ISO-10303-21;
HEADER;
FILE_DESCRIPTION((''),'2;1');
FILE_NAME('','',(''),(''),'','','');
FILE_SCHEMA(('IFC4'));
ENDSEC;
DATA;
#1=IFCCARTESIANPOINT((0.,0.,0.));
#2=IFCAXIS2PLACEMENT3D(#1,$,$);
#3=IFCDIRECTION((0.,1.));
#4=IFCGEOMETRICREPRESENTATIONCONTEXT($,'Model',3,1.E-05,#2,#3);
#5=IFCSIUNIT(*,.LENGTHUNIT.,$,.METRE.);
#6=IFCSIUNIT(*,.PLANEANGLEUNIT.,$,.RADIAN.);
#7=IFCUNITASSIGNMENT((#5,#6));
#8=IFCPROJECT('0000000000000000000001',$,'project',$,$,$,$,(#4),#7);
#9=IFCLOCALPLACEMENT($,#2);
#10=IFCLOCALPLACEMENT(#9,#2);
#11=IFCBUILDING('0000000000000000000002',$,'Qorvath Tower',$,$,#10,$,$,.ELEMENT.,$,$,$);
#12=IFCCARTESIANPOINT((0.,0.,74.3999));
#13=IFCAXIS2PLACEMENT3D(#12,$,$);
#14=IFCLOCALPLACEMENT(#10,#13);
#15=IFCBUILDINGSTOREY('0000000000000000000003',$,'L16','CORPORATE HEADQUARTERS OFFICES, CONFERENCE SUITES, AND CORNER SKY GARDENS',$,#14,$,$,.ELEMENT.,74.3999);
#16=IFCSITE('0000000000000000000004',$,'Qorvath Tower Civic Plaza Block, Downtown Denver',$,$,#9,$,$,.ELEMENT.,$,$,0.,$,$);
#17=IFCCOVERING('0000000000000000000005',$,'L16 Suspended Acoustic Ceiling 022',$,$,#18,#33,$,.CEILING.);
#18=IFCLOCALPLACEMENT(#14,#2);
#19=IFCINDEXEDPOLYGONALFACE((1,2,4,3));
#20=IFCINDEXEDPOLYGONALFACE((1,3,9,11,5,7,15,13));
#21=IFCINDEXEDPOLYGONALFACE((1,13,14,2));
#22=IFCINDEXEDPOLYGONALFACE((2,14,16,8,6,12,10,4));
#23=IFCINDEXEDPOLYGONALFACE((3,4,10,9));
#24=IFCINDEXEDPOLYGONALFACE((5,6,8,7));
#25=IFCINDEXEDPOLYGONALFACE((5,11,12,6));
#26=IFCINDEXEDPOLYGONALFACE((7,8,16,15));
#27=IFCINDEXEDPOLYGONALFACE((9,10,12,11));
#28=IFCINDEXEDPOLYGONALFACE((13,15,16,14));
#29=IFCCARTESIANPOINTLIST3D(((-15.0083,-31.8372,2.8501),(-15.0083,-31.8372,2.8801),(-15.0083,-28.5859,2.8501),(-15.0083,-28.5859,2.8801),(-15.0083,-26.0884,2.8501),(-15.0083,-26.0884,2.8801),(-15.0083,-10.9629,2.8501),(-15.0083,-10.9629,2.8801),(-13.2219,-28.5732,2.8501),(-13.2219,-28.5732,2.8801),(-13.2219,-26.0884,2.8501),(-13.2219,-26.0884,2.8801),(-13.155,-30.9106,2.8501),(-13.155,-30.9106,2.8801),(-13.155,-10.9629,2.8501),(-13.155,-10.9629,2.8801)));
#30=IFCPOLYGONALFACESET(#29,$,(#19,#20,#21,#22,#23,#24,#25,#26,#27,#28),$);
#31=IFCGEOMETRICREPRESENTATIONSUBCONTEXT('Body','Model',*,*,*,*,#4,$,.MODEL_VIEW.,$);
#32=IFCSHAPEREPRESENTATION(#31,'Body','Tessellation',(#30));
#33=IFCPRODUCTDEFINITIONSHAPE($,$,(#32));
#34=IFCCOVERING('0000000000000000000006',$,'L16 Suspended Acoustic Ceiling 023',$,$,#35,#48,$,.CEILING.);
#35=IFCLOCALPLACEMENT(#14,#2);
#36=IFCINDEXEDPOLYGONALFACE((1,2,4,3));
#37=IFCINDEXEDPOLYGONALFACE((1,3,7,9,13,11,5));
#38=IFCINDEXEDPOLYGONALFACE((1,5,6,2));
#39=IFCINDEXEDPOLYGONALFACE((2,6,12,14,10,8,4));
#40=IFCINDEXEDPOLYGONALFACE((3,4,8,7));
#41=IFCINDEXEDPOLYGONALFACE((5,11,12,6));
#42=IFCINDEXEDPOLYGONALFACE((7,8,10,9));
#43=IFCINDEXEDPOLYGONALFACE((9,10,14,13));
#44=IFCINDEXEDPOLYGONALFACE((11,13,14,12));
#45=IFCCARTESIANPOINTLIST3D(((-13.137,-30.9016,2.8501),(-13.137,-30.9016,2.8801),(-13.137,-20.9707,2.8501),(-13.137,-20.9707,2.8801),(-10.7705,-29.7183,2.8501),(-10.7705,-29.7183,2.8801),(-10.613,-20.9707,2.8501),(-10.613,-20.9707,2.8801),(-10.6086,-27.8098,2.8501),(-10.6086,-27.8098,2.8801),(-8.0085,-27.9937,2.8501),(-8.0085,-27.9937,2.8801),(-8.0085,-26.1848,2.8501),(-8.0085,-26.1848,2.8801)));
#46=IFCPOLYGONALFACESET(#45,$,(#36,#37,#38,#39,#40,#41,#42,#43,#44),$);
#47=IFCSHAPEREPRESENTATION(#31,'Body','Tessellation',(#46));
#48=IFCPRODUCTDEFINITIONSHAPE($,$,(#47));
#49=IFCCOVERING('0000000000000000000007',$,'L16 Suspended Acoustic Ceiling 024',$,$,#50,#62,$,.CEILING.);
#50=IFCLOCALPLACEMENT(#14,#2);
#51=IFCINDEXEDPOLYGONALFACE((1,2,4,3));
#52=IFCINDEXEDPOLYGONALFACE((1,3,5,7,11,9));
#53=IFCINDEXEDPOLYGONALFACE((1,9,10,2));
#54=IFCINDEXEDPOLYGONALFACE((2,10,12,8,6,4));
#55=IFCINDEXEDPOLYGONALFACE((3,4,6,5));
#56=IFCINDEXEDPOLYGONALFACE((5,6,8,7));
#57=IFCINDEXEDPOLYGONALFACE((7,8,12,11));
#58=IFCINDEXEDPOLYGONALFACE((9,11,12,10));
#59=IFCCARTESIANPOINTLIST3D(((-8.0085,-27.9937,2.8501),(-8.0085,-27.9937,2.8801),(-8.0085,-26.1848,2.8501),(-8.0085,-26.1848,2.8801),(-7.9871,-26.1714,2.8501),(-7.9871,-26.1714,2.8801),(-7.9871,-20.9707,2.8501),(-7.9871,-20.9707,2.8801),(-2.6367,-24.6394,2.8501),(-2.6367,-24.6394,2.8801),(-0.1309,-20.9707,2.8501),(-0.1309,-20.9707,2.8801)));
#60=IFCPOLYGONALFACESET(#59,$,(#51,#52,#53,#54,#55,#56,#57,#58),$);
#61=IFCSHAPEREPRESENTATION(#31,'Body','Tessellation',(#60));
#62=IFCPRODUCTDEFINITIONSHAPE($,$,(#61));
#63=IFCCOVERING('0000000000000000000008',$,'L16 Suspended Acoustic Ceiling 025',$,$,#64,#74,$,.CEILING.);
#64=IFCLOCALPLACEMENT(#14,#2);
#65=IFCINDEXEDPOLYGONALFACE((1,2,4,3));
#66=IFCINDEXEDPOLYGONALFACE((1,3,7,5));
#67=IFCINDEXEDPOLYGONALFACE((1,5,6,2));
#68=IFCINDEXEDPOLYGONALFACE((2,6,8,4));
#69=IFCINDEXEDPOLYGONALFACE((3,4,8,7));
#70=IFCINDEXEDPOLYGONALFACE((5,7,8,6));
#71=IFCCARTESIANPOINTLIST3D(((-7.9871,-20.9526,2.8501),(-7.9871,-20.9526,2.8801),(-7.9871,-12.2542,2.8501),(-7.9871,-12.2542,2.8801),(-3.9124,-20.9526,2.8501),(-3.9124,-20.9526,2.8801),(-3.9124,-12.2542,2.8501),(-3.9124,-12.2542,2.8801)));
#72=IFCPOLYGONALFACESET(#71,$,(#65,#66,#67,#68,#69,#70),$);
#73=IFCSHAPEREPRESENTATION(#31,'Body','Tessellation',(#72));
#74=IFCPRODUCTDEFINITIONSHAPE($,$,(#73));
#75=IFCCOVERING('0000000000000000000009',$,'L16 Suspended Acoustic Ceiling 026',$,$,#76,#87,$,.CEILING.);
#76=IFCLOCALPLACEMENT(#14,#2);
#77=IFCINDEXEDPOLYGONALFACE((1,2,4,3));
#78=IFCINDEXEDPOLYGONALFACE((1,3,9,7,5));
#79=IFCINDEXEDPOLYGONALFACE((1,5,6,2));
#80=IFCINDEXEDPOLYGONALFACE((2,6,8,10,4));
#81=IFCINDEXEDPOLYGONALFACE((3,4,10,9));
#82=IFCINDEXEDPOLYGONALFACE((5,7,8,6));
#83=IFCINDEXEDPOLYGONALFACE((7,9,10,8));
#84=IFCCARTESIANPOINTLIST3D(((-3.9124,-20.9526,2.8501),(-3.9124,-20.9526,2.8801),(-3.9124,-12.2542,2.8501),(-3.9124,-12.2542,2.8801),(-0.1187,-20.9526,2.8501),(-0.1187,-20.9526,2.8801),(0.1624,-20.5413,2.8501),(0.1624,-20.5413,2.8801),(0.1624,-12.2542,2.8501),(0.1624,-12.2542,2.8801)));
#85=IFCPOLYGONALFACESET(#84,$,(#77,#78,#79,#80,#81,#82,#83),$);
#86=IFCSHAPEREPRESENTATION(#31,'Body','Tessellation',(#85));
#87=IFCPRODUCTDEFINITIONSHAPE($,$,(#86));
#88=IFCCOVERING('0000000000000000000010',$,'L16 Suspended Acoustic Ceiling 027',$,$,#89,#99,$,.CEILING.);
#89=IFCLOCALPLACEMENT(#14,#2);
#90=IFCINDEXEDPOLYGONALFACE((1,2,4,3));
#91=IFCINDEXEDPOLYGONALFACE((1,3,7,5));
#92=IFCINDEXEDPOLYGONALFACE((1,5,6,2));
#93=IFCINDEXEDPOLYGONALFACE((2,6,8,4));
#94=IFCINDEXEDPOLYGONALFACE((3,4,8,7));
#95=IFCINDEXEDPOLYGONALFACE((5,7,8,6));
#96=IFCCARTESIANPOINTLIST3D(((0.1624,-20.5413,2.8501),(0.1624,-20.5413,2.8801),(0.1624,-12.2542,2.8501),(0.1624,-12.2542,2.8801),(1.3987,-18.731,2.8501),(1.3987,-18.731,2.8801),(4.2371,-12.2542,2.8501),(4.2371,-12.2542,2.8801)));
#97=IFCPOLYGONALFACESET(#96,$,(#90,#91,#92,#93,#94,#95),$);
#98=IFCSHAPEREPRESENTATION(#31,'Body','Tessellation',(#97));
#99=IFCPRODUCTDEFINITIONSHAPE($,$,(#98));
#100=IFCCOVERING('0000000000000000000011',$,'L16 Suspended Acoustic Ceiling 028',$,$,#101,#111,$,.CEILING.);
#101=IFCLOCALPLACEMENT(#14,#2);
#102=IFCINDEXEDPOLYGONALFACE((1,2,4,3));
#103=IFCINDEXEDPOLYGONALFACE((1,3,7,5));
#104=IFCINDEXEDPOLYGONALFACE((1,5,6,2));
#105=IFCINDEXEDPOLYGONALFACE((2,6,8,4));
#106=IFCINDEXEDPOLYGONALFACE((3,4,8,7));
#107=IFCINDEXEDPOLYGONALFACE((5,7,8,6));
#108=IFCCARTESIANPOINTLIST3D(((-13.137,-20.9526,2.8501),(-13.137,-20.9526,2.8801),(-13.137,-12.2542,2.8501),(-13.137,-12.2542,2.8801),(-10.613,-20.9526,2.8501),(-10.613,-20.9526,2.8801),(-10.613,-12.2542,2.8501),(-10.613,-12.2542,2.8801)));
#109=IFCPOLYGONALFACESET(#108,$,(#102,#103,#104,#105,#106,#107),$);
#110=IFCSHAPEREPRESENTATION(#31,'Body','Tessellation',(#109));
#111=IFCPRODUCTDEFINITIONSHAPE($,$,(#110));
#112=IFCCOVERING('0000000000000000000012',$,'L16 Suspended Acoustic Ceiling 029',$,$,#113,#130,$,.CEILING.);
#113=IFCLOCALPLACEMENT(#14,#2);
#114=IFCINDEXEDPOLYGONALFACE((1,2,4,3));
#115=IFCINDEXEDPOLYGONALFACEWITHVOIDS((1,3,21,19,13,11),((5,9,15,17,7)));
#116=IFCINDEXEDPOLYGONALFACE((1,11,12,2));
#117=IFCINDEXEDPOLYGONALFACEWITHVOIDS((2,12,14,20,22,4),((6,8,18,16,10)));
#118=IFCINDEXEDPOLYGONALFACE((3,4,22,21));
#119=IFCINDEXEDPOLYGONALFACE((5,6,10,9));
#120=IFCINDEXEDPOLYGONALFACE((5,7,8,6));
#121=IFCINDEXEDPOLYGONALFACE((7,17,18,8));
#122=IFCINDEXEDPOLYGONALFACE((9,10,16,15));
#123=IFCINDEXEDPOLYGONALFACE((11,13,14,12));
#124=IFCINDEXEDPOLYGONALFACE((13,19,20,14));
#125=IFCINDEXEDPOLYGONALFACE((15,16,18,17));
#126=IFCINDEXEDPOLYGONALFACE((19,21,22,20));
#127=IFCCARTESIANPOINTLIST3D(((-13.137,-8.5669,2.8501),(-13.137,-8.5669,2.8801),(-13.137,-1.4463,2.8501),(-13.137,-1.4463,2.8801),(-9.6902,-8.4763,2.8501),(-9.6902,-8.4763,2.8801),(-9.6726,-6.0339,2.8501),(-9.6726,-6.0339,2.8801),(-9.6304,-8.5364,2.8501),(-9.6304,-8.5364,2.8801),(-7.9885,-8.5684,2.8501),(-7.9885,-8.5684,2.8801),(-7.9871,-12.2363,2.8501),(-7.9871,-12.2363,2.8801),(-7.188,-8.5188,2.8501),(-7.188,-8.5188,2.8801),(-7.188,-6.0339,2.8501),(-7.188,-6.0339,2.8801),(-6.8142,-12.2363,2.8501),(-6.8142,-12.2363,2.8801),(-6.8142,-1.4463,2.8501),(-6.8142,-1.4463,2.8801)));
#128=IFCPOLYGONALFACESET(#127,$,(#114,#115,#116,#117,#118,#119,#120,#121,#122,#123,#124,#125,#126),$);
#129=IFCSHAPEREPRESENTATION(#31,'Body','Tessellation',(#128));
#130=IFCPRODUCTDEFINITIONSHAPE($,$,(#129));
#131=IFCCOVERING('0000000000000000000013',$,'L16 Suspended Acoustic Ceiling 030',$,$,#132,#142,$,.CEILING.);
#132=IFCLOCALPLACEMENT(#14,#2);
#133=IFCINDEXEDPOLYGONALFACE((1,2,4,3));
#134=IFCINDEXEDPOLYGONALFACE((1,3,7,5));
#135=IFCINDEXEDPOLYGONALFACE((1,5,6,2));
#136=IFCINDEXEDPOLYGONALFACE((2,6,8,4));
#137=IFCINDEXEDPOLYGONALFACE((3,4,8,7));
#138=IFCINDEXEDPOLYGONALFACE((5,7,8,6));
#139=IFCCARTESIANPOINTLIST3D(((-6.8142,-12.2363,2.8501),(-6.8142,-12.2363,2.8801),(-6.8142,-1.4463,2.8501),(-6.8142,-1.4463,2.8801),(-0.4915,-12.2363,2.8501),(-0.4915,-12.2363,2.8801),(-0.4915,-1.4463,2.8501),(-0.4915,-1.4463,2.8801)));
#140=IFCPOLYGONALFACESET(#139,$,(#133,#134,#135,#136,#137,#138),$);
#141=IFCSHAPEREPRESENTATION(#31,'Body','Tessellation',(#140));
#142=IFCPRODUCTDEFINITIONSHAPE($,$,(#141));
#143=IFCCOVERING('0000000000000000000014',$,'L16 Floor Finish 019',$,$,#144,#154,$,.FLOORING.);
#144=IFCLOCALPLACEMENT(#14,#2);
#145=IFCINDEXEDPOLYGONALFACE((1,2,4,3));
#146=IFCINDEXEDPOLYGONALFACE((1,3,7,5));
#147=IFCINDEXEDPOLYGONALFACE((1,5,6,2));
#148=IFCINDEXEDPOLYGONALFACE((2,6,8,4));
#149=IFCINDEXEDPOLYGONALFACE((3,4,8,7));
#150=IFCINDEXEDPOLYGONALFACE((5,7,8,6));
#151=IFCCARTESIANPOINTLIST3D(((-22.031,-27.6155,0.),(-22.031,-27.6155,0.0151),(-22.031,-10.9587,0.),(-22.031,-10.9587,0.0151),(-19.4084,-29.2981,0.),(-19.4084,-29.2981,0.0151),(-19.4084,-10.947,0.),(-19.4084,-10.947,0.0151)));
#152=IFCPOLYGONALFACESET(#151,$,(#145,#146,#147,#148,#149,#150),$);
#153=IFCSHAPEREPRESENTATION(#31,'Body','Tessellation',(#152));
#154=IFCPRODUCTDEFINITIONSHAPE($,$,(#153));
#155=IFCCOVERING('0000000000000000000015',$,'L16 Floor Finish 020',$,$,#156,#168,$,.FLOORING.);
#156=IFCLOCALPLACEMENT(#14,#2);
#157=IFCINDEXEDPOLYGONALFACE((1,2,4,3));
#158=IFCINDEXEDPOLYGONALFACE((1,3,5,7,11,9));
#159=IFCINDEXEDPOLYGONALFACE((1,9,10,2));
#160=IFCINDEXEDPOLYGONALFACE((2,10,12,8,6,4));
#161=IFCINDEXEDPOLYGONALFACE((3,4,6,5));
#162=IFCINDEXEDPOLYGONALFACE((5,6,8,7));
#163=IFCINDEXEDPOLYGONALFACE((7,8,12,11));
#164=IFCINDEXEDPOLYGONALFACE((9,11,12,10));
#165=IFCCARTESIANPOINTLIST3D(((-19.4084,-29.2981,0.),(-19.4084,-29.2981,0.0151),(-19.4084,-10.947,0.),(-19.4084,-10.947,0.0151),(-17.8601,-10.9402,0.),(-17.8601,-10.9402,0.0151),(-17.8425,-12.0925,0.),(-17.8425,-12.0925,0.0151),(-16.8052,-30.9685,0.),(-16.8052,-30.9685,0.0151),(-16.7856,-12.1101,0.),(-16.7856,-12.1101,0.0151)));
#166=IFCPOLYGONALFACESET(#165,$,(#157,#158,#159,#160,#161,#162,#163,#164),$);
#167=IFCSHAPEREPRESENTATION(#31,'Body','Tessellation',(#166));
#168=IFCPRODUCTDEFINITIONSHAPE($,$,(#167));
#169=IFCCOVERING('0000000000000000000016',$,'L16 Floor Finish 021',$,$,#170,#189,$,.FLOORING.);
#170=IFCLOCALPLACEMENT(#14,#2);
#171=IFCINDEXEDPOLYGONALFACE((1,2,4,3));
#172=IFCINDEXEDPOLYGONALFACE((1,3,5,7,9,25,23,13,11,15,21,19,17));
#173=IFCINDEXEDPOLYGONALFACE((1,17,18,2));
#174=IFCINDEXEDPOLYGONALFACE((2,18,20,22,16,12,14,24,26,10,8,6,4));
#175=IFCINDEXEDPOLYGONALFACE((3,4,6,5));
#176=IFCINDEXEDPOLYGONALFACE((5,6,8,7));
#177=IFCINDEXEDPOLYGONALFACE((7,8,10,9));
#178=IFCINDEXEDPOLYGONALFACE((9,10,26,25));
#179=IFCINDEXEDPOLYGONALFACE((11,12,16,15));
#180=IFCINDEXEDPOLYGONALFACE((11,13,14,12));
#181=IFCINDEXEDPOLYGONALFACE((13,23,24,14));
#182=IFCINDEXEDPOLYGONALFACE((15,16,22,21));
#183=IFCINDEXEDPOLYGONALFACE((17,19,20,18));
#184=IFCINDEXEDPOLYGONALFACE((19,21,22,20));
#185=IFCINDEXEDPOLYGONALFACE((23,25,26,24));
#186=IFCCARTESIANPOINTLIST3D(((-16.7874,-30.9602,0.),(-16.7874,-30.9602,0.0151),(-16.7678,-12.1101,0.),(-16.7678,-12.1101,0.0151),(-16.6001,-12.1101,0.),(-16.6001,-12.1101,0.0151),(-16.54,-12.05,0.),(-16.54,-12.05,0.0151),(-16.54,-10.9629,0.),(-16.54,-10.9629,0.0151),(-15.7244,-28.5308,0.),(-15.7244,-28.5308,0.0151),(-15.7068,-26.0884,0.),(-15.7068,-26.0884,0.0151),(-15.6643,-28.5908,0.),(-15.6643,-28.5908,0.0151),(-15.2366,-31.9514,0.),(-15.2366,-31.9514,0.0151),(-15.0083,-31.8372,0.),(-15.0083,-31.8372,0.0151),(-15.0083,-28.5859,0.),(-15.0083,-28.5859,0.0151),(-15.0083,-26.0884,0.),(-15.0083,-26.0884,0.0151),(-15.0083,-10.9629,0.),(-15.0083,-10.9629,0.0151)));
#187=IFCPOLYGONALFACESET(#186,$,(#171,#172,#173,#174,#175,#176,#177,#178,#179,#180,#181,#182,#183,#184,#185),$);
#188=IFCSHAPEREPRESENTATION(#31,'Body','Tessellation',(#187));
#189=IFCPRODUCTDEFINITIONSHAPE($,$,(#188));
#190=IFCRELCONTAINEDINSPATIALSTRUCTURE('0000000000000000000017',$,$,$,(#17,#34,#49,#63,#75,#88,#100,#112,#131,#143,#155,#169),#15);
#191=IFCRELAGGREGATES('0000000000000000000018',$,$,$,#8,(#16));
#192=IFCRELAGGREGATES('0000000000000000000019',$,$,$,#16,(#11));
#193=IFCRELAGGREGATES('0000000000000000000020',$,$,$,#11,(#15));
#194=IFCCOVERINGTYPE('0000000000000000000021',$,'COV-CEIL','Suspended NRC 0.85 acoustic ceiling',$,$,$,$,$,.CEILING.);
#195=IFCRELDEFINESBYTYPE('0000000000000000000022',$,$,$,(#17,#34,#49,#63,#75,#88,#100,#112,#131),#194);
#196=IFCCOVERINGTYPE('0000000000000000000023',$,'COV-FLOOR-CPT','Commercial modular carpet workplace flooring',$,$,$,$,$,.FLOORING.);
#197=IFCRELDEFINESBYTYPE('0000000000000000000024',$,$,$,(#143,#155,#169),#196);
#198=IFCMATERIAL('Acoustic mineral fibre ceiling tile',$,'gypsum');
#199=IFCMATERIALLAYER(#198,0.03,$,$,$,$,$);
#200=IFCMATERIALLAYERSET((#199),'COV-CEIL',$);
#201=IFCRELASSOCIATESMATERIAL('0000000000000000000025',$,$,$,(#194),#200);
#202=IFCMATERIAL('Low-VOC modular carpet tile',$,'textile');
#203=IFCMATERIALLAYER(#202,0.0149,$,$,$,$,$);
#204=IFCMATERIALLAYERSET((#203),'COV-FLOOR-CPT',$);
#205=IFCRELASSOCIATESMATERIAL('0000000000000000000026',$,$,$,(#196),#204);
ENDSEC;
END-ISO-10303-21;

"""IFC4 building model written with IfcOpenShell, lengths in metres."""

from ifc_helpers import new_model, si_unit, direction, frame, origin, place, context, subcontext, project, spatial, polyline, outline, extrude, material, layer, layer_set, type_object, element, save


model = new_model("IFC4")

# Units and contexts
model_context = context("Model", 3, precision=1e-05, world=origin(), true_north=direction((0.0, 1.0)))
body_context = subcontext(model_context, "Body", "Model", "MODEL_VIEW")
ifc_project = project(units=[si_unit("LENGTHUNIT", "METRE"), si_unit("PLANEANGLEUNIT", "RADIAN")], contexts=[model_context])

# Site, building, storey
site_placement = place(None, origin())
site = spatial("IfcSite", under=ifc_project, at=site_placement, Name="Qorvath Tower Civic Plaza Block, Downtown Denver", CompositionType="ELEMENT", RefElevation=0.0)
building_placement = place(site_placement, origin())
building = spatial("IfcBuilding", under=site, at=building_placement, Name="Qorvath Tower", CompositionType="ELEMENT")
storey_placement = place(building_placement, frame((0.0, 0.0, 74.3999)))
storey = spatial("IfcBuildingStorey", under=building, at=storey_placement, Name="L16", Description="CORPORATE HEADQUARTERS OFFICES, CONFERENCE SUITES, AND CORNER SKY GARDENS", CompositionType="ELEMENT", Elevation=74.3999)

# Coverings
ifc_material_1 = material(Name="Acoustic mineral fibre ceiling tile", Category="gypsum")
ifc_layer_1 = layer(ifc_material_1, 0.03)
ifc_layer_set_1 = layer_set([ifc_layer_1], Name="COV-CEIL")
covering_type_1 = type_object("IfcCoveringType", Name="COV-CEIL", Description="Suspended NRC 0.85 acoustic ceiling", PredefinedType="CEILING", material=ifc_layer_set_1)
covering_1_placement = place(storey_placement, frame((0.0, 0.0, 2.8501)))
element("IfcCovering", 1, at=covering_1_placement, inside=storey, type_object=covering_type_1, Name="L16 Suspended Acoustic Ceiling 022", PredefinedType="CEILING", context=body_context, shape_type="SweptSolid", body=[
    extrude(outline(polyline([(-13.155, -30.9106), (-13.155, -10.9629), (-15.0083, -10.9629), (-15.0083, -26.0884), (-13.2219, -26.0884), (-13.2219, -28.5732), (-15.0083, -28.5859), (-15.0083, -31.8372), (-13.155, -30.9106)])), origin(), (0.0, 0.0, 1.0), 0.03),
])
covering_2_placement = place(storey_placement, frame((0.0, 0.0, 2.8501)))
element("IfcCovering", 2, at=covering_2_placement, inside=storey, type_object=covering_type_1, Name="L16 Suspended Acoustic Ceiling 023", PredefinedType="CEILING", context=body_context, shape_type="SweptSolid", body=[
    extrude(outline(polyline([(-13.137, -20.9707), (-13.137, -30.9016), (-10.7705, -29.7183), (-8.0085, -27.9937), (-8.0085, -26.1848), (-10.6086, -27.8098), (-10.613, -20.9707), (-13.137, -20.9707)])), origin(), (0.0, 0.0, 1.0), 0.03),
])
covering_3_placement = place(storey_placement, frame((0.0, 0.0, 2.8501)))
element("IfcCovering", 3, at=covering_3_placement, inside=storey, type_object=covering_type_1, Name="L16 Suspended Acoustic Ceiling 024", PredefinedType="CEILING", context=body_context, shape_type="SweptSolid", body=[
    extrude(outline(polyline([(-8.0085, -26.1848), (-8.0085, -27.9937), (-2.6367, -24.6394), (-0.1309, -20.9707), (-7.9871, -20.9707), (-7.9871, -26.1714), (-8.0085, -26.1848)])), origin(), (0.0, 0.0, 1.0), 0.03),
])
covering_4_placement = place(storey_placement, frame((0.0, 0.0, 2.8501)))
element("IfcCovering", 4, at=covering_4_placement, inside=storey, type_object=covering_type_1, Name="L16 Suspended Acoustic Ceiling 025", PredefinedType="CEILING", context=body_context, shape_type="SweptSolid", body=[
    extrude(outline(polyline([(-7.9871, -12.2542), (-7.9871, -20.9526), (-3.9124, -20.9526), (-3.9124, -12.2542), (-7.9871, -12.2542)])), origin(), (0.0, 0.0, 1.0), 0.03),
])
covering_5_placement = place(storey_placement, frame((0.0, 0.0, 2.8501)))
element("IfcCovering", 5, at=covering_5_placement, inside=storey, type_object=covering_type_1, Name="L16 Suspended Acoustic Ceiling 026", PredefinedType="CEILING", context=body_context, shape_type="SweptSolid", body=[
    extrude(outline(polyline([(-3.9124, -12.2542), (-3.9124, -20.9526), (-0.1187, -20.9526), (0.1624, -20.5413), (0.1624, -12.2542), (-3.9124, -12.2542)])), origin(), (0.0, 0.0, 1.0), 0.03),
])
covering_6_placement = place(storey_placement, frame((0.0, 0.0, 2.8501)))
element("IfcCovering", 6, at=covering_6_placement, inside=storey, type_object=covering_type_1, Name="L16 Suspended Acoustic Ceiling 027", PredefinedType="CEILING", context=body_context, shape_type="SweptSolid", body=[
    extrude(outline(polyline([(0.1624, -12.2542), (0.1624, -20.5413), (1.3987, -18.731), (4.2371, -12.2542), (0.1624, -12.2542)])), origin(), (0.0, 0.0, 1.0), 0.03),
])
covering_7_placement = place(storey_placement, frame((0.0, 0.0, 2.8501)))
element("IfcCovering", 7, at=covering_7_placement, inside=storey, type_object=covering_type_1, Name="L16 Suspended Acoustic Ceiling 028", PredefinedType="CEILING", context=body_context, shape_type="SweptSolid", body=[
    extrude(outline(polyline([(-10.613, -20.9526), (-10.613, -12.2542), (-13.137, -12.2542), (-13.137, -20.9526), (-10.613, -20.9526)])), origin(), (0.0, 0.0, 1.0), 0.03),
])
covering_8_placement = place(storey_placement, frame((0.0, 0.0, 2.8501)))
element("IfcCovering", 8, at=covering_8_placement, inside=storey, type_object=covering_type_1, Name="L16 Suspended Acoustic Ceiling 029", PredefinedType="CEILING", context=body_context, shape_type="SweptSolid", body=[
    extrude(outline(polyline([(-6.8142, -12.2363), (-6.8142, -1.4463), (-13.137, -1.4463), (-13.137, -8.5669), (-7.9885, -8.5684), (-7.9871, -12.2363), (-6.8142, -12.2363)]), holes=[polyline([(-9.6902, -8.4763), (-9.6726, -6.0339), (-7.188, -6.0339), (-7.188, -8.5188), (-9.6304, -8.5364), (-9.6902, -8.4763)])]), origin(), (0.0, 0.0, 1.0), 0.03),
])
covering_9_placement = place(storey_placement, frame((0.0, 0.0, 2.8501)))
element("IfcCovering", 9, at=covering_9_placement, inside=storey, type_object=covering_type_1, Name="L16 Suspended Acoustic Ceiling 030", PredefinedType="CEILING", context=body_context, shape_type="SweptSolid", body=[
    extrude(outline(polyline([(-0.4915, -12.2363), (-0.4915, -1.4463), (-6.8142, -1.4463), (-6.8142, -12.2363), (-0.4915, -12.2363)])), origin(), (0.0, 0.0, 1.0), 0.03),
])
ifc_material_2 = material(Name="Low-VOC modular carpet tile", Category="textile")
ifc_layer_2 = layer(ifc_material_2, 0.0149)
ifc_layer_set_2 = layer_set([ifc_layer_2], Name="COV-FLOOR-CPT")
covering_type_2 = type_object("IfcCoveringType", Name="COV-FLOOR-CPT", Description="Commercial modular carpet workplace flooring", PredefinedType="FLOORING", material=ifc_layer_set_2)
covering_10_placement = place(storey_placement, origin())
element("IfcCovering", 10, at=covering_10_placement, inside=storey, type_object=covering_type_2, Name="L16 Floor Finish 019", PredefinedType="FLOORING", context=body_context, shape_type="SweptSolid", body=[
    extrude(outline(polyline([(-22.031, -10.9587), (-22.031, -27.6155), (-19.4084, -29.2981), (-19.4084, -10.947), (-22.031, -10.9587)])), origin(), (0.0, 0.0, 1.0), 0.0151),
])
covering_11_placement = place(storey_placement, origin())
element("IfcCovering", 11, at=covering_11_placement, inside=storey, type_object=covering_type_2, Name="L16 Floor Finish 020", PredefinedType="FLOORING", context=body_context, shape_type="SweptSolid", body=[
    extrude(outline(polyline([(-19.4084, -10.947), (-19.4084, -29.2981), (-16.8052, -30.9685), (-16.7856, -12.1101), (-17.8425, -12.0925), (-17.8601, -10.9402), (-19.4084, -10.947)])), origin(), (0.0, 0.0, 1.0), 0.0151),
])
covering_12_placement = place(storey_placement, origin())
element("IfcCovering", 12, at=covering_12_placement, inside=storey, type_object=covering_type_2, Name="L16 Floor Finish 021", PredefinedType="FLOORING", context=body_context, shape_type="SweptSolid", body=[
    extrude(outline(polyline([(-15.0083, -31.8372), (-15.0083, -28.5859), (-15.6643, -28.5908), (-15.7244, -28.5308), (-15.7068, -26.0884), (-15.0083, -26.0884), (-15.0083, -10.9629), (-16.54, -10.9629), (-16.54, -12.05), (-16.6001, -12.1101), (-16.7678, -12.1101), (-16.7874, -30.9602), (-15.2366, -31.9514), (-15.0083, -31.8372)])), origin(), (0.0, 0.0, 1.0), 0.0151),
])

save(model, "model.ifc")
